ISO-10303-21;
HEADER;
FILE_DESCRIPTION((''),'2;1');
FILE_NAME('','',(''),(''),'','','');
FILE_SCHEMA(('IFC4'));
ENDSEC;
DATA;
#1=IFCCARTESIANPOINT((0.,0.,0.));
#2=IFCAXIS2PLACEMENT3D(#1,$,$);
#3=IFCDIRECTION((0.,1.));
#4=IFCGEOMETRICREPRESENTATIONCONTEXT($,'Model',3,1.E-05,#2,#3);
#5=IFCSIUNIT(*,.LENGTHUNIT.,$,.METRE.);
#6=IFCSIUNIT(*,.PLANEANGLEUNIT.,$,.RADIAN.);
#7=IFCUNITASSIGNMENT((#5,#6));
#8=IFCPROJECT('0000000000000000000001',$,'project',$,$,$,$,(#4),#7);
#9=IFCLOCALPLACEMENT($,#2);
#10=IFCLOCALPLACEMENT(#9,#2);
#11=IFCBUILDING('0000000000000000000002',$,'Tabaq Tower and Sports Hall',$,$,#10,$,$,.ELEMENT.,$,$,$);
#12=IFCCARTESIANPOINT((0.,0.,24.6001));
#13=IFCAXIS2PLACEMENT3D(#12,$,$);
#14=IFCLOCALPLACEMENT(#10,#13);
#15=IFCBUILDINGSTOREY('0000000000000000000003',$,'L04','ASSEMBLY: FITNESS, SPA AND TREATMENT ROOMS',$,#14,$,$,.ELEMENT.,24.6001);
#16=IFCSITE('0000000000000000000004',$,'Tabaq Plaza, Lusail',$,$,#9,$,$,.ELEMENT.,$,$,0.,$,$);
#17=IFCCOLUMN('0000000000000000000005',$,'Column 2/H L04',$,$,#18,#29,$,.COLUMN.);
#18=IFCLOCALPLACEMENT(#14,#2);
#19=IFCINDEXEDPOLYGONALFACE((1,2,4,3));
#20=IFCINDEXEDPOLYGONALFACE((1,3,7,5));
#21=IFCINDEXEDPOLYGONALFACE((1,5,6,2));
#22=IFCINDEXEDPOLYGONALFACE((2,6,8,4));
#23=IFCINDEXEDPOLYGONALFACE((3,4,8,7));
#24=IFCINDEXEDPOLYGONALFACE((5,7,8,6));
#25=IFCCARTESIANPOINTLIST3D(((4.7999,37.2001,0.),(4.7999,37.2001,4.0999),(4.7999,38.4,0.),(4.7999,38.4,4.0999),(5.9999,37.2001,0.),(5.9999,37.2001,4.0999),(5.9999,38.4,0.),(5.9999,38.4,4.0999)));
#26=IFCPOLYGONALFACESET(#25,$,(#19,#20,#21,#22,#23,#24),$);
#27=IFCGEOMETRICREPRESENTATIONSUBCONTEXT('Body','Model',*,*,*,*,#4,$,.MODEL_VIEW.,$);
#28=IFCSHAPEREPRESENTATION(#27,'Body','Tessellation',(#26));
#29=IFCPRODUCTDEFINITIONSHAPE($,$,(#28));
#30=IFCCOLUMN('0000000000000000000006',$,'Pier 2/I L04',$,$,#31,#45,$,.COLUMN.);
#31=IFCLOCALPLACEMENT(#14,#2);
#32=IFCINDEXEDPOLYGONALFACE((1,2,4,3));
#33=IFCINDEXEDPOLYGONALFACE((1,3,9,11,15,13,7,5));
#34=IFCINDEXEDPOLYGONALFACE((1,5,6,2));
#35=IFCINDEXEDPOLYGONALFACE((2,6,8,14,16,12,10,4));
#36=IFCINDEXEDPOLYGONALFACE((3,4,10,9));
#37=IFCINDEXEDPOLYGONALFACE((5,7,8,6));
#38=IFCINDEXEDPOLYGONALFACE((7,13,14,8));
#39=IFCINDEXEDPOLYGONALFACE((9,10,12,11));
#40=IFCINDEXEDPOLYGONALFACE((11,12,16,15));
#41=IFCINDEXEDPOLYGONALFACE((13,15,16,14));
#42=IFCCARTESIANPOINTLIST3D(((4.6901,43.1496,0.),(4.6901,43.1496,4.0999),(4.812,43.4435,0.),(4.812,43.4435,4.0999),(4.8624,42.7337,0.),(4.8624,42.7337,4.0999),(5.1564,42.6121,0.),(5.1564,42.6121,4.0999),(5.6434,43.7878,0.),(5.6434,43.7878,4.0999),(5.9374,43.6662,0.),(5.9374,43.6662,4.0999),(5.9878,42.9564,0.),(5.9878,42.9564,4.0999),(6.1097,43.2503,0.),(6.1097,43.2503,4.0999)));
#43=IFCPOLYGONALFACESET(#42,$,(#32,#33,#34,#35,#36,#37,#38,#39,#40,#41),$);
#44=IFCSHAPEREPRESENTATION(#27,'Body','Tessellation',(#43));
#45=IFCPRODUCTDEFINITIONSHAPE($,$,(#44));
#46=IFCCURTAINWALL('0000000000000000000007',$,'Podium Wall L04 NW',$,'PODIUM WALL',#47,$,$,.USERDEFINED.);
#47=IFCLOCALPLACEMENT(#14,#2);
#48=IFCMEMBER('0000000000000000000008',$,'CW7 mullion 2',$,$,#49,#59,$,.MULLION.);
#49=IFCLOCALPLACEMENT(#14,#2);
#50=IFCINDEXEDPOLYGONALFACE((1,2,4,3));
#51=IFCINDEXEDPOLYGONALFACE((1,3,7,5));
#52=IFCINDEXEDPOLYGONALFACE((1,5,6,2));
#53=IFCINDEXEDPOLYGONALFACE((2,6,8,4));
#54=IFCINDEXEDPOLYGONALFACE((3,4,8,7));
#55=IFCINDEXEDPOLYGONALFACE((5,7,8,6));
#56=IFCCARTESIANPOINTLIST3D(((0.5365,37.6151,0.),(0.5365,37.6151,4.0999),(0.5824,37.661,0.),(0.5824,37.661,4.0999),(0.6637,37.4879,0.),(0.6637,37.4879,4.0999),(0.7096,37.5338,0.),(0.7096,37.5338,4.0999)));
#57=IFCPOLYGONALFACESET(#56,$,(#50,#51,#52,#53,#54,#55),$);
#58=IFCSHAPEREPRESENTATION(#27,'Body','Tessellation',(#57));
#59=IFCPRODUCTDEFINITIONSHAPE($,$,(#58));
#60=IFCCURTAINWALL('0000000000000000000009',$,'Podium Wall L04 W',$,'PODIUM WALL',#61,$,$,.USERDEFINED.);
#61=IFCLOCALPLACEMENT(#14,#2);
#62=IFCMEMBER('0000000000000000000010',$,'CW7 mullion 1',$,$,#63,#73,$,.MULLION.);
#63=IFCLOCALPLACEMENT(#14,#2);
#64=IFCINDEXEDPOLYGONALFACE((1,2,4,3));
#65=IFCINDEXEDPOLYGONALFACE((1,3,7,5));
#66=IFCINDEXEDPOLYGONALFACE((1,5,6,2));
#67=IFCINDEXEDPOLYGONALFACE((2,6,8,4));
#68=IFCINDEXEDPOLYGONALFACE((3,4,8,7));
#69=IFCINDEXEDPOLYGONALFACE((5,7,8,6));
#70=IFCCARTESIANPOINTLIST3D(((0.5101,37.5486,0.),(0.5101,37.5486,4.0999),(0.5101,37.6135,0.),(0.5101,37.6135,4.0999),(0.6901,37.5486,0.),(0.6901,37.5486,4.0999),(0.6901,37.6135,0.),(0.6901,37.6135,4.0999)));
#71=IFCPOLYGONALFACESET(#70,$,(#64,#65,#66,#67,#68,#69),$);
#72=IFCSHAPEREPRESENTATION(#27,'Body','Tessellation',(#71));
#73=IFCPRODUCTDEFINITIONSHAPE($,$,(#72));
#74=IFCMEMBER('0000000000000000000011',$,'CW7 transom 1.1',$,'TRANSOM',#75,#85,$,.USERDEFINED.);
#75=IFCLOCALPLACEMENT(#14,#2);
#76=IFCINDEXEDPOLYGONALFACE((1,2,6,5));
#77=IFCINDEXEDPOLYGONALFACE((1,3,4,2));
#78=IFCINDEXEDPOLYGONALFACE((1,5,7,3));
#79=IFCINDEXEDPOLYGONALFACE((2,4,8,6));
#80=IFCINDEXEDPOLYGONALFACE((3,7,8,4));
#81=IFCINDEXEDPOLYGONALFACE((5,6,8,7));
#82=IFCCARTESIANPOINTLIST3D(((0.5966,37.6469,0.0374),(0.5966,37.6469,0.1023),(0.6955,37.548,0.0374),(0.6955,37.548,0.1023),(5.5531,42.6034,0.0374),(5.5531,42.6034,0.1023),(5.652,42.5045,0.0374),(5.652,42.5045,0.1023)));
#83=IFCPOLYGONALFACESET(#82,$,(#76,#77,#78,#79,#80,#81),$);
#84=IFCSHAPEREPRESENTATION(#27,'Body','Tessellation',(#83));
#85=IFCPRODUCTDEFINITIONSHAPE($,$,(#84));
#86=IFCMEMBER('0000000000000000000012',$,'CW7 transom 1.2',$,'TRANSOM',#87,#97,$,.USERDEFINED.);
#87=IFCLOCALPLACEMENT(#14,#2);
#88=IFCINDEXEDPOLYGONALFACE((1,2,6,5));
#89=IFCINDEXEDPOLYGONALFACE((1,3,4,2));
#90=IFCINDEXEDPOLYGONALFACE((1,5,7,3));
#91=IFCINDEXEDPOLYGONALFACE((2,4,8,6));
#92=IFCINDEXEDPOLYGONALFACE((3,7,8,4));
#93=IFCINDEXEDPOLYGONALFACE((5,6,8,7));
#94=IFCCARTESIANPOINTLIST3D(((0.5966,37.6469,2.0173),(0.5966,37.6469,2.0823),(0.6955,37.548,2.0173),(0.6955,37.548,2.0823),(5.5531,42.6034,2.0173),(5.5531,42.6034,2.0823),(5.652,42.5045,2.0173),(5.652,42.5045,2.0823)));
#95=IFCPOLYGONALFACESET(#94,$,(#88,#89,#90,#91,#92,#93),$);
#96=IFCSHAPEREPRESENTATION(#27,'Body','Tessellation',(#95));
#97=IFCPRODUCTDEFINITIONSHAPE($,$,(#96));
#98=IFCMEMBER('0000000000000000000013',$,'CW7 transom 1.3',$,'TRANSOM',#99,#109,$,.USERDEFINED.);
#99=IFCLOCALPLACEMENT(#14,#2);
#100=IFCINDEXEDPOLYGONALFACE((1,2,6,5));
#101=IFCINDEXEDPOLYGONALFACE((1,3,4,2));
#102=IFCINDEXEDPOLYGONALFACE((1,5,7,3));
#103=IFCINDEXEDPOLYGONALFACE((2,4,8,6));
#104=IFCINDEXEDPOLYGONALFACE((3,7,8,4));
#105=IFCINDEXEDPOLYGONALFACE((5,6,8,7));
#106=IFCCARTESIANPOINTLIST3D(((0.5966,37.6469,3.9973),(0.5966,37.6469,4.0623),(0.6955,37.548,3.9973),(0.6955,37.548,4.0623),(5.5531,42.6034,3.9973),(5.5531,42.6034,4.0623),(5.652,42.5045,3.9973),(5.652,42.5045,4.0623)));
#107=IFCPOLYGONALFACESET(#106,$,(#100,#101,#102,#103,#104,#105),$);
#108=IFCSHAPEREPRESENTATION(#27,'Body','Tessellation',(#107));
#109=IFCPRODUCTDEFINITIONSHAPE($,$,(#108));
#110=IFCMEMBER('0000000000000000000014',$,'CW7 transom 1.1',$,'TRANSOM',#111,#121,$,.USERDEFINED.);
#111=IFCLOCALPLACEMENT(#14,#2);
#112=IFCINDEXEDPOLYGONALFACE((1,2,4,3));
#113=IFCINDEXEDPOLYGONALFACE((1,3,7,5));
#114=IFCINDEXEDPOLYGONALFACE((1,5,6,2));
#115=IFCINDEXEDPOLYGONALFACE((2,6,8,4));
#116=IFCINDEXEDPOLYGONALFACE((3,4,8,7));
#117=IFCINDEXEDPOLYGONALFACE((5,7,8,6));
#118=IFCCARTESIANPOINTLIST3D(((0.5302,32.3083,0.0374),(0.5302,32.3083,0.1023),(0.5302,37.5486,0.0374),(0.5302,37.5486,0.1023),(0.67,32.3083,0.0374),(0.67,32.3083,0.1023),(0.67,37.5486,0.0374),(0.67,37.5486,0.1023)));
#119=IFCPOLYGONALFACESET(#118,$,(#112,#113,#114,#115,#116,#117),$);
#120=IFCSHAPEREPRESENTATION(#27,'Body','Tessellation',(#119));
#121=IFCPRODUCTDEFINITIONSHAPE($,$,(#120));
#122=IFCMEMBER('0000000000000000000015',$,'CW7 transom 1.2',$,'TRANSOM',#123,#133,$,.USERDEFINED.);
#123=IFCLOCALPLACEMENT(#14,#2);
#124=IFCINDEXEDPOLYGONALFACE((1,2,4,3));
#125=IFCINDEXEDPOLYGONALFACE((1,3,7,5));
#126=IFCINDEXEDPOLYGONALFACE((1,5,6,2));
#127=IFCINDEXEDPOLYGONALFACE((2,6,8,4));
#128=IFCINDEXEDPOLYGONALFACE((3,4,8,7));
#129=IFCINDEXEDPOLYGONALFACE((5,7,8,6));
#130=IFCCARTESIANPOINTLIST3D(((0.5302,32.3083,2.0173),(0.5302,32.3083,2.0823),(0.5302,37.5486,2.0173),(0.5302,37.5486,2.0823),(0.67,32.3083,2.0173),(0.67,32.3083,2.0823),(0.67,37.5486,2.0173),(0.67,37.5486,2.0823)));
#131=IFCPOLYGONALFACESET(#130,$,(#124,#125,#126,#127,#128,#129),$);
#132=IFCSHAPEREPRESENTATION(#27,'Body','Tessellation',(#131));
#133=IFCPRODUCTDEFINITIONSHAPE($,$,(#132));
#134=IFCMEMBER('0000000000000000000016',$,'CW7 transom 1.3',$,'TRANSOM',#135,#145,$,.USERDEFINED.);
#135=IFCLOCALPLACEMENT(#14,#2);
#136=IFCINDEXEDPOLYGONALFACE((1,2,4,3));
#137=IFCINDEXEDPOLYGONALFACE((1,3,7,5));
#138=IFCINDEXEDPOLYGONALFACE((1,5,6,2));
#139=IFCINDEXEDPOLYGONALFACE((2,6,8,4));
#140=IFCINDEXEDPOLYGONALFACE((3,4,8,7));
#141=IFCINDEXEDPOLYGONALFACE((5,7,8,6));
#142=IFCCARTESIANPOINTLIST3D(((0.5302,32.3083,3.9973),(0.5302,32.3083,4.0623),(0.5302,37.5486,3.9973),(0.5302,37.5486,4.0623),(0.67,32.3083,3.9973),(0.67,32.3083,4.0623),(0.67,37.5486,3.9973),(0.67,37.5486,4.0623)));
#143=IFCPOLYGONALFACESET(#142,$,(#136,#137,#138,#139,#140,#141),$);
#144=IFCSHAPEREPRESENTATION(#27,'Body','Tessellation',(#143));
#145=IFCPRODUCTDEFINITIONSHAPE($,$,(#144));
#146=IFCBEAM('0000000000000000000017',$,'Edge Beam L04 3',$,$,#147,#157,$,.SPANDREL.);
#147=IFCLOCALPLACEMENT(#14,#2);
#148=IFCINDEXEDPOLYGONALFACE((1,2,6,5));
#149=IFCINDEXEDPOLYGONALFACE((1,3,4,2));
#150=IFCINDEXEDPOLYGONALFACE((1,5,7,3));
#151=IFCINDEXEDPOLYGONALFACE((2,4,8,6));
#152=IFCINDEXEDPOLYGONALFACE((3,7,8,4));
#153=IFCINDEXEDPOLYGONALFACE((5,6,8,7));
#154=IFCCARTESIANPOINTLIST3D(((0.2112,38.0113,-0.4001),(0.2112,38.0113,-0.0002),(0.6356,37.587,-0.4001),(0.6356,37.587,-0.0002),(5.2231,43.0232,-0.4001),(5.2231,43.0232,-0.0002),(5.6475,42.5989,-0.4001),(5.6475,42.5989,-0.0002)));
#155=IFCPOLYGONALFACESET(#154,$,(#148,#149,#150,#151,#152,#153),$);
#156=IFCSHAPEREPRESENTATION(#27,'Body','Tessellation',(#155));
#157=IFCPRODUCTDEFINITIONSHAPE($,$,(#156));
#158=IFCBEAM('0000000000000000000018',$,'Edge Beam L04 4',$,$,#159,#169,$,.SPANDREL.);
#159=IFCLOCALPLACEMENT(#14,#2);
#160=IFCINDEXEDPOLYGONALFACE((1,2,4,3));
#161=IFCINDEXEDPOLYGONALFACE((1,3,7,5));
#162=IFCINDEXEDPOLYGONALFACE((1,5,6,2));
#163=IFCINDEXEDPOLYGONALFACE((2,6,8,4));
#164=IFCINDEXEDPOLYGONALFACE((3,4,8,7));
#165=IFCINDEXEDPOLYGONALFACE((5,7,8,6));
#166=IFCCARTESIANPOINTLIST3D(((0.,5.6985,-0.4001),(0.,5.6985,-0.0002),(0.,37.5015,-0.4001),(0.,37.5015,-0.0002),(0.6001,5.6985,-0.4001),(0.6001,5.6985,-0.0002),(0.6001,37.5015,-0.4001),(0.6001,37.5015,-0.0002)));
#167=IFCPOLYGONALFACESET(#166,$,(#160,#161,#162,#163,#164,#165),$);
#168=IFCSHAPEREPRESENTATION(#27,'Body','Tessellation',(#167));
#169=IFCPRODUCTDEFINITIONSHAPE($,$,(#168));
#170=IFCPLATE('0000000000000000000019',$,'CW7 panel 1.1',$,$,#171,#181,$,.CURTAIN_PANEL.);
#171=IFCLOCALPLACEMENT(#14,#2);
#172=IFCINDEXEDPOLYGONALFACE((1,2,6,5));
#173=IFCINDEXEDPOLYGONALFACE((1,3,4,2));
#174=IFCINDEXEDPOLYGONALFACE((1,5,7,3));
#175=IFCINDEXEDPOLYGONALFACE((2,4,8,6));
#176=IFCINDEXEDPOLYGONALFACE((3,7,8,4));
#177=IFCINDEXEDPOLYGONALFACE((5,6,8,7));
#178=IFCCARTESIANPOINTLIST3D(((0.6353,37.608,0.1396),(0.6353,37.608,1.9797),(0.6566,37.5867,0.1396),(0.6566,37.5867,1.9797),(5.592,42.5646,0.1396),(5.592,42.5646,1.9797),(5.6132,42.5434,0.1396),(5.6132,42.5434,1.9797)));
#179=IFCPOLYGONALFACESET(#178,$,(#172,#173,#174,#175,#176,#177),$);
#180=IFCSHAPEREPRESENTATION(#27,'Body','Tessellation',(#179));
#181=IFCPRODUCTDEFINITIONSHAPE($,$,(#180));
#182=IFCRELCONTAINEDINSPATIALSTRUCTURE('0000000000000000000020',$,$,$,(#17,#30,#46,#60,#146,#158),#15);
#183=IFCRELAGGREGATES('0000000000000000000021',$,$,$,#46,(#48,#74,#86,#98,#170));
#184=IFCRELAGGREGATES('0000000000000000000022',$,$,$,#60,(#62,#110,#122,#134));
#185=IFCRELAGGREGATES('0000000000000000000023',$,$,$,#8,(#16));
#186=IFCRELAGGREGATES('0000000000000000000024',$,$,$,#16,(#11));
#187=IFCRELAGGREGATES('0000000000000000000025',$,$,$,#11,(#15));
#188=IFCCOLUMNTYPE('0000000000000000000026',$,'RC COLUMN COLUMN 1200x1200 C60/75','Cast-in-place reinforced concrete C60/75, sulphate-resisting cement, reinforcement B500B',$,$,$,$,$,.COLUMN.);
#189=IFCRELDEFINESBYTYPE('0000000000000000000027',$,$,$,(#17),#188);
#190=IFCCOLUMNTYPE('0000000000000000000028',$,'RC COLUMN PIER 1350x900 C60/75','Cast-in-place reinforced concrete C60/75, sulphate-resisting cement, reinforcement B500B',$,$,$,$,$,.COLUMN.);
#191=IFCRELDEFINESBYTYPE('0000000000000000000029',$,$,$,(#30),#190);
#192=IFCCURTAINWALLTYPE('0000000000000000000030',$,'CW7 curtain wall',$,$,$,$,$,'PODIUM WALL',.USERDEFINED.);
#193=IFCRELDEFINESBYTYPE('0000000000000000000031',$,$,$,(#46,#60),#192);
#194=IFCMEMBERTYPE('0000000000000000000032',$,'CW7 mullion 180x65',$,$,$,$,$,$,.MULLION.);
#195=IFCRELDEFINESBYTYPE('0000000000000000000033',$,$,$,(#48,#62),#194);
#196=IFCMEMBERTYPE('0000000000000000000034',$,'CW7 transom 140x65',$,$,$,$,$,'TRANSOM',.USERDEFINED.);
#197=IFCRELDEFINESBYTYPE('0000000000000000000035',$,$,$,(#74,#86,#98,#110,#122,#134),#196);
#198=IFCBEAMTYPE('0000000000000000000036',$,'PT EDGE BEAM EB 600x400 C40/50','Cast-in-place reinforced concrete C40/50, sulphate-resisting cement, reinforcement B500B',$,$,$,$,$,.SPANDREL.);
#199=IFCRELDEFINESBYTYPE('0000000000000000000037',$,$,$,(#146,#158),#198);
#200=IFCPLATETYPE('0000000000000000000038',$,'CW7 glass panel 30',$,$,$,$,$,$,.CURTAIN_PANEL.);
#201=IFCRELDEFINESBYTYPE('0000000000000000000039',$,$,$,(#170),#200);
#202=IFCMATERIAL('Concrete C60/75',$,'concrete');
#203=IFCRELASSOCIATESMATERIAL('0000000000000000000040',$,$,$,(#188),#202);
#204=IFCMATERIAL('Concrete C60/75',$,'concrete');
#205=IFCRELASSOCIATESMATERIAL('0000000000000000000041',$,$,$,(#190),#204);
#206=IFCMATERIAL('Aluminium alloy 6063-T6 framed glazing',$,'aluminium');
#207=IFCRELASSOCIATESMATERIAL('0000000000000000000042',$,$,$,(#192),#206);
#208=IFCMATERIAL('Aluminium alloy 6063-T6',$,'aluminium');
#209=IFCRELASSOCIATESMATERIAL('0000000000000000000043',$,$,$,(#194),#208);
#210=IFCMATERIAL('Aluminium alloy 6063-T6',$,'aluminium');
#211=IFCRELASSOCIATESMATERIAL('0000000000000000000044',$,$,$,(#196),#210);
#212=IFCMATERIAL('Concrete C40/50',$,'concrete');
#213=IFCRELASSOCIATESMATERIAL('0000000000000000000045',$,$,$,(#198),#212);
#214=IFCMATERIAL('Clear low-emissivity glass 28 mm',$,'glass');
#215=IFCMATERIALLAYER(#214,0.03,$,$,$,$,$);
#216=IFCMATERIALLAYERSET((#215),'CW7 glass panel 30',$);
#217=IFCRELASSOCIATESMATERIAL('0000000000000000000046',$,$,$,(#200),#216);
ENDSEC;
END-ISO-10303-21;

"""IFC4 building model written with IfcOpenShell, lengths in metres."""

from ifc_helpers import new_model, si_unit, direction, frame, origin, origin_2d, place, context, subcontext, project, spatial, polyline, rectangle, outline, extrude, material, layer, layer_set, material_profile, profile_set, type_object, element, aggregate, save


model = new_model("IFC4")

# Units and contexts
model_context = context("Model", 3, precision=1e-05, world=origin(), true_north=direction((0.0, 1.0)))
body_context = subcontext(model_context, "Body", "Model", "MODEL_VIEW")
ifc_project = project(units=[si_unit("LENGTHUNIT", "METRE"), si_unit("PLANEANGLEUNIT", "RADIAN")], contexts=[model_context])

# Site, building, storey
site_placement = place(None, origin())
site = spatial("IfcSite", under=ifc_project, at=site_placement, Name="Tabaq Plaza, Lusail", CompositionType="ELEMENT", RefElevation=0.0)
building_placement = place(site_placement, origin())
building = spatial("IfcBuilding", under=site, at=building_placement, Name="Tabaq Tower and Sports Hall", CompositionType="ELEMENT")
storey_placement = place(building_placement, frame((0.0, 0.0, 24.6001)))
storey = spatial("IfcBuildingStorey", under=building, at=storey_placement, Name="L04", Description="ASSEMBLY: FITNESS, SPA AND TREATMENT ROOMS", CompositionType="ELEMENT", Elevation=24.6001)

# Columns
ifc_material_1 = material(Name="Concrete C60/75", Category="concrete")
ifc_material_profile_1 = material_profile(ifc_material_1, rectangle(XDim=1.2, YDim=1.2, at=origin_2d()), Name="COLUMN 1200x1200")
ifc_profile_set_1 = profile_set([ifc_material_profile_1], Name="Concrete C60/75")
column_type_1 = type_object("IfcColumnType", Name="RC COLUMN COLUMN 1200x1200 C60/75", Description="Cast-in-place reinforced concrete C60/75, sulphate-resisting cement, reinforcement B500B", PredefinedType="COLUMN", material=ifc_profile_set_1)
column_1_placement = place(storey_placement, frame((5.3999, 37.8, 0.0), z_axis=(0.0, 0.0, 1.0), x_axis=(1.0, 0.0, 0.0)))
element("IfcColumn", 1, at=column_1_placement, inside=storey, type_object=column_type_1, Name="Column 2/H L04", PredefinedType="COLUMN", context=body_context, shape_type="SweptSolid", body=[
    extrude(rectangle(XDim=1.2, YDim=1.2, at=origin_2d()), origin(), (0.0, 0.0, 1.0), 4.0999),
])
ifc_material_2 = material(Name="Concrete C60/75", Category="concrete")
ifc_material_profile_2 = material_profile(ifc_material_2, outline(polyline([(-0.45, -0.45), (0.45, -0.45), (0.675, -0.2251), (0.675, 0.2251), (0.45, 0.45), (-0.45, 0.45), (-0.675, 0.2251), (-0.675, -0.2251), (-0.45, -0.45)])), Name="PIER 1350x900")
ifc_profile_set_2 = profile_set([ifc_material_profile_2], Name="Concrete C60/75")
column_type_2 = type_object("IfcColumnType", Name="RC COLUMN PIER 1350x900 C60/75", Description="Cast-in-place reinforced concrete C60/75, sulphate-resisting cement, reinforcement B500B", PredefinedType="COLUMN", material=ifc_profile_set_2)
column_2_placement = place(storey_placement, frame((5.3999, 43.2, 0.0), z_axis=(0.0, 0.0, 1.0), x_axis=(0.92388, 0.382683, 0.0)))
element("IfcColumn", 2, at=column_2_placement, inside=storey, type_object=column_type_2, Name="Pier 2/I L04", PredefinedType="COLUMN", context=body_context, shape_type="SweptSolid", body=[
    extrude(outline(polyline([(-0.45, -0.45), (0.45, -0.45), (0.675, -0.2251), (0.675, 0.2251), (0.45, 0.45), (-0.45, 0.45), (-0.675, 0.2251), (-0.675, -0.2251), (-0.45, -0.45)])), origin(), (0.0, 0.0, 1.0), 4.0999),
])

# Curtain walls, members
ifc_material_3 = material(Name="Aluminium alloy 6063-T6 framed glazing", Category="aluminium")
curtain_wall_type = type_object("IfcCurtainWallType", Name="CW7 curtain wall", ElementType="PODIUM WALL", PredefinedType="USERDEFINED", material=ifc_material_3)
curtain_wall_1_placement = place(storey_placement, origin())
curtain_wall_1 = element("IfcCurtainWall", 3, at=curtain_wall_1_placement, inside=storey, type_object=curtain_wall_type, Name="Podium Wall L04 NW", ObjectType="PODIUM WALL", PredefinedType="USERDEFINED")
ifc_material_4 = material(Name="Aluminium alloy 6063-T6", Category="aluminium")
ifc_material_profile_3 = material_profile(ifc_material_4, rectangle(XDim=0.1799, YDim=0.0649, at=origin_2d()), Name="MULLION 180x65")
ifc_profile_set_3 = profile_set([ifc_material_profile_3], Name="Aluminium alloy 6063-T6")
member_type_1 = type_object("IfcMemberType", Name="CW7 mullion 180x65", PredefinedType="MULLION", material=ifc_profile_set_3)
member_1_placement = place(storey_placement, frame((0.623, 37.5745, 0.0), z_axis=(0.0, 0.0, 1.0), x_axis=(0.707107, -0.707107, 0.0)))
member_1 = element("IfcMember", 4, at=member_1_placement, type_object=member_type_1, Name="CW7 mullion 2", PredefinedType="MULLION", context=body_context, shape_type="SweptSolid", body=[
    extrude(rectangle(XDim=0.1799, YDim=0.0649, at=origin_2d()), origin(), (0.0, 0.0, 1.0), 4.0999),
])
curtain_wall_2_placement = place(storey_placement, origin())
curtain_wall_2 = element("IfcCurtainWall", 5, at=curtain_wall_2_placement, inside=storey, type_object=curtain_wall_type, Name="Podium Wall L04 W", ObjectType="PODIUM WALL", PredefinedType="USERDEFINED")
member_2_placement = place(storey_placement, frame((0.6001, 37.5811, 0.0), z_axis=(0.0, 0.0, 1.0), x_axis=(1.0, 0.0, 0.0)))
member_2 = element("IfcMember", 6, at=member_2_placement, type_object=member_type_1, Name="CW7 mullion 1", PredefinedType="MULLION", context=body_context, shape_type="SweptSolid", body=[
    extrude(rectangle(XDim=0.1799, YDim=0.0649, at=origin_2d()), origin(), (0.0, 0.0, 1.0), 4.0999),
])

# Members
ifc_material_5 = material(Name="Aluminium alloy 6063-T6", Category="aluminium")
ifc_material_profile_4 = material_profile(ifc_material_5, rectangle(XDim=0.1399, YDim=0.0649, at=origin_2d()), Name="TRANSOM 140x65")
ifc_profile_set_4 = profile_set([ifc_material_profile_4], Name="Aluminium alloy 6063-T6")
member_type_2 = type_object("IfcMemberType", Name="CW7 transom 140x65", ElementType="TRANSOM", PredefinedType="USERDEFINED", material=ifc_profile_set_4)
member_3_placement = place(storey_placement, frame((5.6025, 42.554, 0.0698), z_axis=(-0.707107, -0.707107, 0.0), x_axis=(0.707107, -0.707107, 0.0)))
member_3 = element("IfcMember", 7, at=member_3_placement, type_object=member_type_2, Name="CW7 transom 1.1", ObjectType="TRANSOM", PredefinedType="USERDEFINED", context=body_context, shape_type="SweptSolid", body=[
    extrude(rectangle(XDim=0.1399, YDim=0.0649, at=origin_2d()), origin(), (0.0, 0.0, 1.0), 7.0095),
])
member_4_placement = place(storey_placement, frame((5.6025, 42.554, 2.0498), z_axis=(-0.707107, -0.707107, 0.0), x_axis=(0.707107, -0.707107, 0.0)))
member_4 = element("IfcMember", 8, at=member_4_placement, type_object=member_type_2, Name="CW7 transom 1.2", ObjectType="TRANSOM", PredefinedType="USERDEFINED", context=body_context, shape_type="SweptSolid", body=[
    extrude(rectangle(XDim=0.1399, YDim=0.0649, at=origin_2d()), origin(), (0.0, 0.0, 1.0), 7.0095),
])
member_5_placement = place(storey_placement, frame((5.6025, 42.554, 4.0298), z_axis=(-0.707107, -0.707107, 0.0), x_axis=(0.707107, -0.707107, 0.0)))
member_5 = element("IfcMember", 9, at=member_5_placement, type_object=member_type_2, Name="CW7 transom 1.3", ObjectType="TRANSOM", PredefinedType="USERDEFINED", context=body_context, shape_type="SweptSolid", body=[
    extrude(rectangle(XDim=0.1399, YDim=0.0649, at=origin_2d()), origin(), (0.0, 0.0, 1.0), 7.0095),
])
member_6_placement = place(storey_placement, frame((0.6001, 37.5486, 0.0698), z_axis=(0.0, -1.0, 0.0), x_axis=(1.0, 0.0, 0.0)))
member_6 = element("IfcMember", 10, at=member_6_placement, type_object=member_type_2, Name="CW7 transom 1.1", ObjectType="TRANSOM", PredefinedType="USERDEFINED", context=body_context, shape_type="SweptSolid", body=[
    extrude(rectangle(XDim=0.1399, YDim=0.0649, at=origin_2d()), origin(), (0.0, 0.0, 1.0), 5.2402),
])
member_7_placement = place(storey_placement, frame((0.6001, 37.5486, 2.0498), z_axis=(0.0, -1.0, 0.0), x_axis=(1.0, 0.0, 0.0)))
member_7 = element("IfcMember", 11, at=member_7_placement, type_object=member_type_2, Name="CW7 transom 1.2", ObjectType="TRANSOM", PredefinedType="USERDEFINED", context=body_context, shape_type="SweptSolid", body=[
    extrude(rectangle(XDim=0.1399, YDim=0.0649, at=origin_2d()), origin(), (0.0, 0.0, 1.0), 5.2402),
])
member_8_placement = place(storey_placement, frame((0.6001, 37.5486, 4.0298), z_axis=(0.0, -1.0, 0.0), x_axis=(1.0, 0.0, 0.0)))
member_8 = element("IfcMember", 12, at=member_8_placement, type_object=member_type_2, Name="CW7 transom 1.3", ObjectType="TRANSOM", PredefinedType="USERDEFINED", context=body_context, shape_type="SweptSolid", body=[
    extrude(rectangle(XDim=0.1399, YDim=0.0649, at=origin_2d()), origin(), (0.0, 0.0, 1.0), 5.2402),
])

# Beams
ifc_material_6 = material(Name="Concrete C40/50", Category="concrete")
ifc_material_profile_5 = material_profile(ifc_material_6, rectangle(XDim=0.6001, YDim=0.3999, at=origin_2d()), Name="EB 600x400")
ifc_profile_set_5 = profile_set([ifc_material_profile_5], Name="Concrete C40/50")
beam_type = type_object("IfcBeamType", Name="PT EDGE BEAM EB 600x400 C40/50", Description="Cast-in-place reinforced concrete C40/50, sulphate-resisting cement, reinforcement B500B", PredefinedType="SPANDREL", material=ifc_profile_set_5)
beam_1_placement = place(storey_placement, frame((5.4353, 42.811, -0.2002), z_axis=(-0.707107, -0.707107, 0.0), x_axis=(0.707107, -0.707107, 0.0)))
element("IfcBeam", 13, at=beam_1_placement, inside=storey, type_object=beam_type, Name="Edge Beam L04 3", PredefinedType="SPANDREL", context=body_context, shape_type="SweptSolid", body=[
    extrude(rectangle(XDim=0.6001, YDim=0.3999, at=origin_2d()), origin(), (0.0, 0.0, 1.0), 7.0879),
])
beam_2_placement = place(storey_placement, frame((0.3, 37.5015, -0.2002), z_axis=(0.0, -1.0, 0.0), x_axis=(1.0, 0.0, 0.0)))
element("IfcBeam", 14, at=beam_2_placement, inside=storey, type_object=beam_type, Name="Edge Beam L04 4", PredefinedType="SPANDREL", context=body_context, shape_type="SweptSolid", body=[
    extrude(rectangle(XDim=0.6001, YDim=0.3999, at=origin_2d()), origin(), (0.0, 0.0, 1.0), 31.803),
])

# Plate
ifc_material_7 = material(Name="Clear low-emissivity glass 28 mm", Category="glass")
ifc_layer_1 = layer(ifc_material_7, 0.03)
ifc_layer_set_1 = layer_set([ifc_layer_1], Name="CW7 glass panel 30")
plate_type = type_object("IfcPlateType", Name="CW7 glass panel 30", PredefinedType="CURTAIN_PANEL", material=ifc_layer_set_1)
plate_1_placement = place(storey_placement, frame((3.1243, 40.0757, 0.1396), z_axis=(0.0, 0.0, 1.0), x_axis=(-0.707107, -0.707107, 0.0)))
plate_1 = element("IfcPlate", 15, at=plate_1_placement, type_object=plate_type, Name="CW7 panel 1.1", PredefinedType="CURTAIN_PANEL", context=body_context, shape_type="SweptSolid", body=[
    extrude(rectangle(XDim=7.0098, YDim=0.03, at=origin_2d()), origin(), (0.0, 0.0, 1.0), 1.8401),
])
aggregate(curtain_wall_1, [member_1, member_3, member_4, member_5, plate_1])
aggregate(curtain_wall_2, [member_2, member_6, member_7, member_8])

save(model, "model.ifc")
